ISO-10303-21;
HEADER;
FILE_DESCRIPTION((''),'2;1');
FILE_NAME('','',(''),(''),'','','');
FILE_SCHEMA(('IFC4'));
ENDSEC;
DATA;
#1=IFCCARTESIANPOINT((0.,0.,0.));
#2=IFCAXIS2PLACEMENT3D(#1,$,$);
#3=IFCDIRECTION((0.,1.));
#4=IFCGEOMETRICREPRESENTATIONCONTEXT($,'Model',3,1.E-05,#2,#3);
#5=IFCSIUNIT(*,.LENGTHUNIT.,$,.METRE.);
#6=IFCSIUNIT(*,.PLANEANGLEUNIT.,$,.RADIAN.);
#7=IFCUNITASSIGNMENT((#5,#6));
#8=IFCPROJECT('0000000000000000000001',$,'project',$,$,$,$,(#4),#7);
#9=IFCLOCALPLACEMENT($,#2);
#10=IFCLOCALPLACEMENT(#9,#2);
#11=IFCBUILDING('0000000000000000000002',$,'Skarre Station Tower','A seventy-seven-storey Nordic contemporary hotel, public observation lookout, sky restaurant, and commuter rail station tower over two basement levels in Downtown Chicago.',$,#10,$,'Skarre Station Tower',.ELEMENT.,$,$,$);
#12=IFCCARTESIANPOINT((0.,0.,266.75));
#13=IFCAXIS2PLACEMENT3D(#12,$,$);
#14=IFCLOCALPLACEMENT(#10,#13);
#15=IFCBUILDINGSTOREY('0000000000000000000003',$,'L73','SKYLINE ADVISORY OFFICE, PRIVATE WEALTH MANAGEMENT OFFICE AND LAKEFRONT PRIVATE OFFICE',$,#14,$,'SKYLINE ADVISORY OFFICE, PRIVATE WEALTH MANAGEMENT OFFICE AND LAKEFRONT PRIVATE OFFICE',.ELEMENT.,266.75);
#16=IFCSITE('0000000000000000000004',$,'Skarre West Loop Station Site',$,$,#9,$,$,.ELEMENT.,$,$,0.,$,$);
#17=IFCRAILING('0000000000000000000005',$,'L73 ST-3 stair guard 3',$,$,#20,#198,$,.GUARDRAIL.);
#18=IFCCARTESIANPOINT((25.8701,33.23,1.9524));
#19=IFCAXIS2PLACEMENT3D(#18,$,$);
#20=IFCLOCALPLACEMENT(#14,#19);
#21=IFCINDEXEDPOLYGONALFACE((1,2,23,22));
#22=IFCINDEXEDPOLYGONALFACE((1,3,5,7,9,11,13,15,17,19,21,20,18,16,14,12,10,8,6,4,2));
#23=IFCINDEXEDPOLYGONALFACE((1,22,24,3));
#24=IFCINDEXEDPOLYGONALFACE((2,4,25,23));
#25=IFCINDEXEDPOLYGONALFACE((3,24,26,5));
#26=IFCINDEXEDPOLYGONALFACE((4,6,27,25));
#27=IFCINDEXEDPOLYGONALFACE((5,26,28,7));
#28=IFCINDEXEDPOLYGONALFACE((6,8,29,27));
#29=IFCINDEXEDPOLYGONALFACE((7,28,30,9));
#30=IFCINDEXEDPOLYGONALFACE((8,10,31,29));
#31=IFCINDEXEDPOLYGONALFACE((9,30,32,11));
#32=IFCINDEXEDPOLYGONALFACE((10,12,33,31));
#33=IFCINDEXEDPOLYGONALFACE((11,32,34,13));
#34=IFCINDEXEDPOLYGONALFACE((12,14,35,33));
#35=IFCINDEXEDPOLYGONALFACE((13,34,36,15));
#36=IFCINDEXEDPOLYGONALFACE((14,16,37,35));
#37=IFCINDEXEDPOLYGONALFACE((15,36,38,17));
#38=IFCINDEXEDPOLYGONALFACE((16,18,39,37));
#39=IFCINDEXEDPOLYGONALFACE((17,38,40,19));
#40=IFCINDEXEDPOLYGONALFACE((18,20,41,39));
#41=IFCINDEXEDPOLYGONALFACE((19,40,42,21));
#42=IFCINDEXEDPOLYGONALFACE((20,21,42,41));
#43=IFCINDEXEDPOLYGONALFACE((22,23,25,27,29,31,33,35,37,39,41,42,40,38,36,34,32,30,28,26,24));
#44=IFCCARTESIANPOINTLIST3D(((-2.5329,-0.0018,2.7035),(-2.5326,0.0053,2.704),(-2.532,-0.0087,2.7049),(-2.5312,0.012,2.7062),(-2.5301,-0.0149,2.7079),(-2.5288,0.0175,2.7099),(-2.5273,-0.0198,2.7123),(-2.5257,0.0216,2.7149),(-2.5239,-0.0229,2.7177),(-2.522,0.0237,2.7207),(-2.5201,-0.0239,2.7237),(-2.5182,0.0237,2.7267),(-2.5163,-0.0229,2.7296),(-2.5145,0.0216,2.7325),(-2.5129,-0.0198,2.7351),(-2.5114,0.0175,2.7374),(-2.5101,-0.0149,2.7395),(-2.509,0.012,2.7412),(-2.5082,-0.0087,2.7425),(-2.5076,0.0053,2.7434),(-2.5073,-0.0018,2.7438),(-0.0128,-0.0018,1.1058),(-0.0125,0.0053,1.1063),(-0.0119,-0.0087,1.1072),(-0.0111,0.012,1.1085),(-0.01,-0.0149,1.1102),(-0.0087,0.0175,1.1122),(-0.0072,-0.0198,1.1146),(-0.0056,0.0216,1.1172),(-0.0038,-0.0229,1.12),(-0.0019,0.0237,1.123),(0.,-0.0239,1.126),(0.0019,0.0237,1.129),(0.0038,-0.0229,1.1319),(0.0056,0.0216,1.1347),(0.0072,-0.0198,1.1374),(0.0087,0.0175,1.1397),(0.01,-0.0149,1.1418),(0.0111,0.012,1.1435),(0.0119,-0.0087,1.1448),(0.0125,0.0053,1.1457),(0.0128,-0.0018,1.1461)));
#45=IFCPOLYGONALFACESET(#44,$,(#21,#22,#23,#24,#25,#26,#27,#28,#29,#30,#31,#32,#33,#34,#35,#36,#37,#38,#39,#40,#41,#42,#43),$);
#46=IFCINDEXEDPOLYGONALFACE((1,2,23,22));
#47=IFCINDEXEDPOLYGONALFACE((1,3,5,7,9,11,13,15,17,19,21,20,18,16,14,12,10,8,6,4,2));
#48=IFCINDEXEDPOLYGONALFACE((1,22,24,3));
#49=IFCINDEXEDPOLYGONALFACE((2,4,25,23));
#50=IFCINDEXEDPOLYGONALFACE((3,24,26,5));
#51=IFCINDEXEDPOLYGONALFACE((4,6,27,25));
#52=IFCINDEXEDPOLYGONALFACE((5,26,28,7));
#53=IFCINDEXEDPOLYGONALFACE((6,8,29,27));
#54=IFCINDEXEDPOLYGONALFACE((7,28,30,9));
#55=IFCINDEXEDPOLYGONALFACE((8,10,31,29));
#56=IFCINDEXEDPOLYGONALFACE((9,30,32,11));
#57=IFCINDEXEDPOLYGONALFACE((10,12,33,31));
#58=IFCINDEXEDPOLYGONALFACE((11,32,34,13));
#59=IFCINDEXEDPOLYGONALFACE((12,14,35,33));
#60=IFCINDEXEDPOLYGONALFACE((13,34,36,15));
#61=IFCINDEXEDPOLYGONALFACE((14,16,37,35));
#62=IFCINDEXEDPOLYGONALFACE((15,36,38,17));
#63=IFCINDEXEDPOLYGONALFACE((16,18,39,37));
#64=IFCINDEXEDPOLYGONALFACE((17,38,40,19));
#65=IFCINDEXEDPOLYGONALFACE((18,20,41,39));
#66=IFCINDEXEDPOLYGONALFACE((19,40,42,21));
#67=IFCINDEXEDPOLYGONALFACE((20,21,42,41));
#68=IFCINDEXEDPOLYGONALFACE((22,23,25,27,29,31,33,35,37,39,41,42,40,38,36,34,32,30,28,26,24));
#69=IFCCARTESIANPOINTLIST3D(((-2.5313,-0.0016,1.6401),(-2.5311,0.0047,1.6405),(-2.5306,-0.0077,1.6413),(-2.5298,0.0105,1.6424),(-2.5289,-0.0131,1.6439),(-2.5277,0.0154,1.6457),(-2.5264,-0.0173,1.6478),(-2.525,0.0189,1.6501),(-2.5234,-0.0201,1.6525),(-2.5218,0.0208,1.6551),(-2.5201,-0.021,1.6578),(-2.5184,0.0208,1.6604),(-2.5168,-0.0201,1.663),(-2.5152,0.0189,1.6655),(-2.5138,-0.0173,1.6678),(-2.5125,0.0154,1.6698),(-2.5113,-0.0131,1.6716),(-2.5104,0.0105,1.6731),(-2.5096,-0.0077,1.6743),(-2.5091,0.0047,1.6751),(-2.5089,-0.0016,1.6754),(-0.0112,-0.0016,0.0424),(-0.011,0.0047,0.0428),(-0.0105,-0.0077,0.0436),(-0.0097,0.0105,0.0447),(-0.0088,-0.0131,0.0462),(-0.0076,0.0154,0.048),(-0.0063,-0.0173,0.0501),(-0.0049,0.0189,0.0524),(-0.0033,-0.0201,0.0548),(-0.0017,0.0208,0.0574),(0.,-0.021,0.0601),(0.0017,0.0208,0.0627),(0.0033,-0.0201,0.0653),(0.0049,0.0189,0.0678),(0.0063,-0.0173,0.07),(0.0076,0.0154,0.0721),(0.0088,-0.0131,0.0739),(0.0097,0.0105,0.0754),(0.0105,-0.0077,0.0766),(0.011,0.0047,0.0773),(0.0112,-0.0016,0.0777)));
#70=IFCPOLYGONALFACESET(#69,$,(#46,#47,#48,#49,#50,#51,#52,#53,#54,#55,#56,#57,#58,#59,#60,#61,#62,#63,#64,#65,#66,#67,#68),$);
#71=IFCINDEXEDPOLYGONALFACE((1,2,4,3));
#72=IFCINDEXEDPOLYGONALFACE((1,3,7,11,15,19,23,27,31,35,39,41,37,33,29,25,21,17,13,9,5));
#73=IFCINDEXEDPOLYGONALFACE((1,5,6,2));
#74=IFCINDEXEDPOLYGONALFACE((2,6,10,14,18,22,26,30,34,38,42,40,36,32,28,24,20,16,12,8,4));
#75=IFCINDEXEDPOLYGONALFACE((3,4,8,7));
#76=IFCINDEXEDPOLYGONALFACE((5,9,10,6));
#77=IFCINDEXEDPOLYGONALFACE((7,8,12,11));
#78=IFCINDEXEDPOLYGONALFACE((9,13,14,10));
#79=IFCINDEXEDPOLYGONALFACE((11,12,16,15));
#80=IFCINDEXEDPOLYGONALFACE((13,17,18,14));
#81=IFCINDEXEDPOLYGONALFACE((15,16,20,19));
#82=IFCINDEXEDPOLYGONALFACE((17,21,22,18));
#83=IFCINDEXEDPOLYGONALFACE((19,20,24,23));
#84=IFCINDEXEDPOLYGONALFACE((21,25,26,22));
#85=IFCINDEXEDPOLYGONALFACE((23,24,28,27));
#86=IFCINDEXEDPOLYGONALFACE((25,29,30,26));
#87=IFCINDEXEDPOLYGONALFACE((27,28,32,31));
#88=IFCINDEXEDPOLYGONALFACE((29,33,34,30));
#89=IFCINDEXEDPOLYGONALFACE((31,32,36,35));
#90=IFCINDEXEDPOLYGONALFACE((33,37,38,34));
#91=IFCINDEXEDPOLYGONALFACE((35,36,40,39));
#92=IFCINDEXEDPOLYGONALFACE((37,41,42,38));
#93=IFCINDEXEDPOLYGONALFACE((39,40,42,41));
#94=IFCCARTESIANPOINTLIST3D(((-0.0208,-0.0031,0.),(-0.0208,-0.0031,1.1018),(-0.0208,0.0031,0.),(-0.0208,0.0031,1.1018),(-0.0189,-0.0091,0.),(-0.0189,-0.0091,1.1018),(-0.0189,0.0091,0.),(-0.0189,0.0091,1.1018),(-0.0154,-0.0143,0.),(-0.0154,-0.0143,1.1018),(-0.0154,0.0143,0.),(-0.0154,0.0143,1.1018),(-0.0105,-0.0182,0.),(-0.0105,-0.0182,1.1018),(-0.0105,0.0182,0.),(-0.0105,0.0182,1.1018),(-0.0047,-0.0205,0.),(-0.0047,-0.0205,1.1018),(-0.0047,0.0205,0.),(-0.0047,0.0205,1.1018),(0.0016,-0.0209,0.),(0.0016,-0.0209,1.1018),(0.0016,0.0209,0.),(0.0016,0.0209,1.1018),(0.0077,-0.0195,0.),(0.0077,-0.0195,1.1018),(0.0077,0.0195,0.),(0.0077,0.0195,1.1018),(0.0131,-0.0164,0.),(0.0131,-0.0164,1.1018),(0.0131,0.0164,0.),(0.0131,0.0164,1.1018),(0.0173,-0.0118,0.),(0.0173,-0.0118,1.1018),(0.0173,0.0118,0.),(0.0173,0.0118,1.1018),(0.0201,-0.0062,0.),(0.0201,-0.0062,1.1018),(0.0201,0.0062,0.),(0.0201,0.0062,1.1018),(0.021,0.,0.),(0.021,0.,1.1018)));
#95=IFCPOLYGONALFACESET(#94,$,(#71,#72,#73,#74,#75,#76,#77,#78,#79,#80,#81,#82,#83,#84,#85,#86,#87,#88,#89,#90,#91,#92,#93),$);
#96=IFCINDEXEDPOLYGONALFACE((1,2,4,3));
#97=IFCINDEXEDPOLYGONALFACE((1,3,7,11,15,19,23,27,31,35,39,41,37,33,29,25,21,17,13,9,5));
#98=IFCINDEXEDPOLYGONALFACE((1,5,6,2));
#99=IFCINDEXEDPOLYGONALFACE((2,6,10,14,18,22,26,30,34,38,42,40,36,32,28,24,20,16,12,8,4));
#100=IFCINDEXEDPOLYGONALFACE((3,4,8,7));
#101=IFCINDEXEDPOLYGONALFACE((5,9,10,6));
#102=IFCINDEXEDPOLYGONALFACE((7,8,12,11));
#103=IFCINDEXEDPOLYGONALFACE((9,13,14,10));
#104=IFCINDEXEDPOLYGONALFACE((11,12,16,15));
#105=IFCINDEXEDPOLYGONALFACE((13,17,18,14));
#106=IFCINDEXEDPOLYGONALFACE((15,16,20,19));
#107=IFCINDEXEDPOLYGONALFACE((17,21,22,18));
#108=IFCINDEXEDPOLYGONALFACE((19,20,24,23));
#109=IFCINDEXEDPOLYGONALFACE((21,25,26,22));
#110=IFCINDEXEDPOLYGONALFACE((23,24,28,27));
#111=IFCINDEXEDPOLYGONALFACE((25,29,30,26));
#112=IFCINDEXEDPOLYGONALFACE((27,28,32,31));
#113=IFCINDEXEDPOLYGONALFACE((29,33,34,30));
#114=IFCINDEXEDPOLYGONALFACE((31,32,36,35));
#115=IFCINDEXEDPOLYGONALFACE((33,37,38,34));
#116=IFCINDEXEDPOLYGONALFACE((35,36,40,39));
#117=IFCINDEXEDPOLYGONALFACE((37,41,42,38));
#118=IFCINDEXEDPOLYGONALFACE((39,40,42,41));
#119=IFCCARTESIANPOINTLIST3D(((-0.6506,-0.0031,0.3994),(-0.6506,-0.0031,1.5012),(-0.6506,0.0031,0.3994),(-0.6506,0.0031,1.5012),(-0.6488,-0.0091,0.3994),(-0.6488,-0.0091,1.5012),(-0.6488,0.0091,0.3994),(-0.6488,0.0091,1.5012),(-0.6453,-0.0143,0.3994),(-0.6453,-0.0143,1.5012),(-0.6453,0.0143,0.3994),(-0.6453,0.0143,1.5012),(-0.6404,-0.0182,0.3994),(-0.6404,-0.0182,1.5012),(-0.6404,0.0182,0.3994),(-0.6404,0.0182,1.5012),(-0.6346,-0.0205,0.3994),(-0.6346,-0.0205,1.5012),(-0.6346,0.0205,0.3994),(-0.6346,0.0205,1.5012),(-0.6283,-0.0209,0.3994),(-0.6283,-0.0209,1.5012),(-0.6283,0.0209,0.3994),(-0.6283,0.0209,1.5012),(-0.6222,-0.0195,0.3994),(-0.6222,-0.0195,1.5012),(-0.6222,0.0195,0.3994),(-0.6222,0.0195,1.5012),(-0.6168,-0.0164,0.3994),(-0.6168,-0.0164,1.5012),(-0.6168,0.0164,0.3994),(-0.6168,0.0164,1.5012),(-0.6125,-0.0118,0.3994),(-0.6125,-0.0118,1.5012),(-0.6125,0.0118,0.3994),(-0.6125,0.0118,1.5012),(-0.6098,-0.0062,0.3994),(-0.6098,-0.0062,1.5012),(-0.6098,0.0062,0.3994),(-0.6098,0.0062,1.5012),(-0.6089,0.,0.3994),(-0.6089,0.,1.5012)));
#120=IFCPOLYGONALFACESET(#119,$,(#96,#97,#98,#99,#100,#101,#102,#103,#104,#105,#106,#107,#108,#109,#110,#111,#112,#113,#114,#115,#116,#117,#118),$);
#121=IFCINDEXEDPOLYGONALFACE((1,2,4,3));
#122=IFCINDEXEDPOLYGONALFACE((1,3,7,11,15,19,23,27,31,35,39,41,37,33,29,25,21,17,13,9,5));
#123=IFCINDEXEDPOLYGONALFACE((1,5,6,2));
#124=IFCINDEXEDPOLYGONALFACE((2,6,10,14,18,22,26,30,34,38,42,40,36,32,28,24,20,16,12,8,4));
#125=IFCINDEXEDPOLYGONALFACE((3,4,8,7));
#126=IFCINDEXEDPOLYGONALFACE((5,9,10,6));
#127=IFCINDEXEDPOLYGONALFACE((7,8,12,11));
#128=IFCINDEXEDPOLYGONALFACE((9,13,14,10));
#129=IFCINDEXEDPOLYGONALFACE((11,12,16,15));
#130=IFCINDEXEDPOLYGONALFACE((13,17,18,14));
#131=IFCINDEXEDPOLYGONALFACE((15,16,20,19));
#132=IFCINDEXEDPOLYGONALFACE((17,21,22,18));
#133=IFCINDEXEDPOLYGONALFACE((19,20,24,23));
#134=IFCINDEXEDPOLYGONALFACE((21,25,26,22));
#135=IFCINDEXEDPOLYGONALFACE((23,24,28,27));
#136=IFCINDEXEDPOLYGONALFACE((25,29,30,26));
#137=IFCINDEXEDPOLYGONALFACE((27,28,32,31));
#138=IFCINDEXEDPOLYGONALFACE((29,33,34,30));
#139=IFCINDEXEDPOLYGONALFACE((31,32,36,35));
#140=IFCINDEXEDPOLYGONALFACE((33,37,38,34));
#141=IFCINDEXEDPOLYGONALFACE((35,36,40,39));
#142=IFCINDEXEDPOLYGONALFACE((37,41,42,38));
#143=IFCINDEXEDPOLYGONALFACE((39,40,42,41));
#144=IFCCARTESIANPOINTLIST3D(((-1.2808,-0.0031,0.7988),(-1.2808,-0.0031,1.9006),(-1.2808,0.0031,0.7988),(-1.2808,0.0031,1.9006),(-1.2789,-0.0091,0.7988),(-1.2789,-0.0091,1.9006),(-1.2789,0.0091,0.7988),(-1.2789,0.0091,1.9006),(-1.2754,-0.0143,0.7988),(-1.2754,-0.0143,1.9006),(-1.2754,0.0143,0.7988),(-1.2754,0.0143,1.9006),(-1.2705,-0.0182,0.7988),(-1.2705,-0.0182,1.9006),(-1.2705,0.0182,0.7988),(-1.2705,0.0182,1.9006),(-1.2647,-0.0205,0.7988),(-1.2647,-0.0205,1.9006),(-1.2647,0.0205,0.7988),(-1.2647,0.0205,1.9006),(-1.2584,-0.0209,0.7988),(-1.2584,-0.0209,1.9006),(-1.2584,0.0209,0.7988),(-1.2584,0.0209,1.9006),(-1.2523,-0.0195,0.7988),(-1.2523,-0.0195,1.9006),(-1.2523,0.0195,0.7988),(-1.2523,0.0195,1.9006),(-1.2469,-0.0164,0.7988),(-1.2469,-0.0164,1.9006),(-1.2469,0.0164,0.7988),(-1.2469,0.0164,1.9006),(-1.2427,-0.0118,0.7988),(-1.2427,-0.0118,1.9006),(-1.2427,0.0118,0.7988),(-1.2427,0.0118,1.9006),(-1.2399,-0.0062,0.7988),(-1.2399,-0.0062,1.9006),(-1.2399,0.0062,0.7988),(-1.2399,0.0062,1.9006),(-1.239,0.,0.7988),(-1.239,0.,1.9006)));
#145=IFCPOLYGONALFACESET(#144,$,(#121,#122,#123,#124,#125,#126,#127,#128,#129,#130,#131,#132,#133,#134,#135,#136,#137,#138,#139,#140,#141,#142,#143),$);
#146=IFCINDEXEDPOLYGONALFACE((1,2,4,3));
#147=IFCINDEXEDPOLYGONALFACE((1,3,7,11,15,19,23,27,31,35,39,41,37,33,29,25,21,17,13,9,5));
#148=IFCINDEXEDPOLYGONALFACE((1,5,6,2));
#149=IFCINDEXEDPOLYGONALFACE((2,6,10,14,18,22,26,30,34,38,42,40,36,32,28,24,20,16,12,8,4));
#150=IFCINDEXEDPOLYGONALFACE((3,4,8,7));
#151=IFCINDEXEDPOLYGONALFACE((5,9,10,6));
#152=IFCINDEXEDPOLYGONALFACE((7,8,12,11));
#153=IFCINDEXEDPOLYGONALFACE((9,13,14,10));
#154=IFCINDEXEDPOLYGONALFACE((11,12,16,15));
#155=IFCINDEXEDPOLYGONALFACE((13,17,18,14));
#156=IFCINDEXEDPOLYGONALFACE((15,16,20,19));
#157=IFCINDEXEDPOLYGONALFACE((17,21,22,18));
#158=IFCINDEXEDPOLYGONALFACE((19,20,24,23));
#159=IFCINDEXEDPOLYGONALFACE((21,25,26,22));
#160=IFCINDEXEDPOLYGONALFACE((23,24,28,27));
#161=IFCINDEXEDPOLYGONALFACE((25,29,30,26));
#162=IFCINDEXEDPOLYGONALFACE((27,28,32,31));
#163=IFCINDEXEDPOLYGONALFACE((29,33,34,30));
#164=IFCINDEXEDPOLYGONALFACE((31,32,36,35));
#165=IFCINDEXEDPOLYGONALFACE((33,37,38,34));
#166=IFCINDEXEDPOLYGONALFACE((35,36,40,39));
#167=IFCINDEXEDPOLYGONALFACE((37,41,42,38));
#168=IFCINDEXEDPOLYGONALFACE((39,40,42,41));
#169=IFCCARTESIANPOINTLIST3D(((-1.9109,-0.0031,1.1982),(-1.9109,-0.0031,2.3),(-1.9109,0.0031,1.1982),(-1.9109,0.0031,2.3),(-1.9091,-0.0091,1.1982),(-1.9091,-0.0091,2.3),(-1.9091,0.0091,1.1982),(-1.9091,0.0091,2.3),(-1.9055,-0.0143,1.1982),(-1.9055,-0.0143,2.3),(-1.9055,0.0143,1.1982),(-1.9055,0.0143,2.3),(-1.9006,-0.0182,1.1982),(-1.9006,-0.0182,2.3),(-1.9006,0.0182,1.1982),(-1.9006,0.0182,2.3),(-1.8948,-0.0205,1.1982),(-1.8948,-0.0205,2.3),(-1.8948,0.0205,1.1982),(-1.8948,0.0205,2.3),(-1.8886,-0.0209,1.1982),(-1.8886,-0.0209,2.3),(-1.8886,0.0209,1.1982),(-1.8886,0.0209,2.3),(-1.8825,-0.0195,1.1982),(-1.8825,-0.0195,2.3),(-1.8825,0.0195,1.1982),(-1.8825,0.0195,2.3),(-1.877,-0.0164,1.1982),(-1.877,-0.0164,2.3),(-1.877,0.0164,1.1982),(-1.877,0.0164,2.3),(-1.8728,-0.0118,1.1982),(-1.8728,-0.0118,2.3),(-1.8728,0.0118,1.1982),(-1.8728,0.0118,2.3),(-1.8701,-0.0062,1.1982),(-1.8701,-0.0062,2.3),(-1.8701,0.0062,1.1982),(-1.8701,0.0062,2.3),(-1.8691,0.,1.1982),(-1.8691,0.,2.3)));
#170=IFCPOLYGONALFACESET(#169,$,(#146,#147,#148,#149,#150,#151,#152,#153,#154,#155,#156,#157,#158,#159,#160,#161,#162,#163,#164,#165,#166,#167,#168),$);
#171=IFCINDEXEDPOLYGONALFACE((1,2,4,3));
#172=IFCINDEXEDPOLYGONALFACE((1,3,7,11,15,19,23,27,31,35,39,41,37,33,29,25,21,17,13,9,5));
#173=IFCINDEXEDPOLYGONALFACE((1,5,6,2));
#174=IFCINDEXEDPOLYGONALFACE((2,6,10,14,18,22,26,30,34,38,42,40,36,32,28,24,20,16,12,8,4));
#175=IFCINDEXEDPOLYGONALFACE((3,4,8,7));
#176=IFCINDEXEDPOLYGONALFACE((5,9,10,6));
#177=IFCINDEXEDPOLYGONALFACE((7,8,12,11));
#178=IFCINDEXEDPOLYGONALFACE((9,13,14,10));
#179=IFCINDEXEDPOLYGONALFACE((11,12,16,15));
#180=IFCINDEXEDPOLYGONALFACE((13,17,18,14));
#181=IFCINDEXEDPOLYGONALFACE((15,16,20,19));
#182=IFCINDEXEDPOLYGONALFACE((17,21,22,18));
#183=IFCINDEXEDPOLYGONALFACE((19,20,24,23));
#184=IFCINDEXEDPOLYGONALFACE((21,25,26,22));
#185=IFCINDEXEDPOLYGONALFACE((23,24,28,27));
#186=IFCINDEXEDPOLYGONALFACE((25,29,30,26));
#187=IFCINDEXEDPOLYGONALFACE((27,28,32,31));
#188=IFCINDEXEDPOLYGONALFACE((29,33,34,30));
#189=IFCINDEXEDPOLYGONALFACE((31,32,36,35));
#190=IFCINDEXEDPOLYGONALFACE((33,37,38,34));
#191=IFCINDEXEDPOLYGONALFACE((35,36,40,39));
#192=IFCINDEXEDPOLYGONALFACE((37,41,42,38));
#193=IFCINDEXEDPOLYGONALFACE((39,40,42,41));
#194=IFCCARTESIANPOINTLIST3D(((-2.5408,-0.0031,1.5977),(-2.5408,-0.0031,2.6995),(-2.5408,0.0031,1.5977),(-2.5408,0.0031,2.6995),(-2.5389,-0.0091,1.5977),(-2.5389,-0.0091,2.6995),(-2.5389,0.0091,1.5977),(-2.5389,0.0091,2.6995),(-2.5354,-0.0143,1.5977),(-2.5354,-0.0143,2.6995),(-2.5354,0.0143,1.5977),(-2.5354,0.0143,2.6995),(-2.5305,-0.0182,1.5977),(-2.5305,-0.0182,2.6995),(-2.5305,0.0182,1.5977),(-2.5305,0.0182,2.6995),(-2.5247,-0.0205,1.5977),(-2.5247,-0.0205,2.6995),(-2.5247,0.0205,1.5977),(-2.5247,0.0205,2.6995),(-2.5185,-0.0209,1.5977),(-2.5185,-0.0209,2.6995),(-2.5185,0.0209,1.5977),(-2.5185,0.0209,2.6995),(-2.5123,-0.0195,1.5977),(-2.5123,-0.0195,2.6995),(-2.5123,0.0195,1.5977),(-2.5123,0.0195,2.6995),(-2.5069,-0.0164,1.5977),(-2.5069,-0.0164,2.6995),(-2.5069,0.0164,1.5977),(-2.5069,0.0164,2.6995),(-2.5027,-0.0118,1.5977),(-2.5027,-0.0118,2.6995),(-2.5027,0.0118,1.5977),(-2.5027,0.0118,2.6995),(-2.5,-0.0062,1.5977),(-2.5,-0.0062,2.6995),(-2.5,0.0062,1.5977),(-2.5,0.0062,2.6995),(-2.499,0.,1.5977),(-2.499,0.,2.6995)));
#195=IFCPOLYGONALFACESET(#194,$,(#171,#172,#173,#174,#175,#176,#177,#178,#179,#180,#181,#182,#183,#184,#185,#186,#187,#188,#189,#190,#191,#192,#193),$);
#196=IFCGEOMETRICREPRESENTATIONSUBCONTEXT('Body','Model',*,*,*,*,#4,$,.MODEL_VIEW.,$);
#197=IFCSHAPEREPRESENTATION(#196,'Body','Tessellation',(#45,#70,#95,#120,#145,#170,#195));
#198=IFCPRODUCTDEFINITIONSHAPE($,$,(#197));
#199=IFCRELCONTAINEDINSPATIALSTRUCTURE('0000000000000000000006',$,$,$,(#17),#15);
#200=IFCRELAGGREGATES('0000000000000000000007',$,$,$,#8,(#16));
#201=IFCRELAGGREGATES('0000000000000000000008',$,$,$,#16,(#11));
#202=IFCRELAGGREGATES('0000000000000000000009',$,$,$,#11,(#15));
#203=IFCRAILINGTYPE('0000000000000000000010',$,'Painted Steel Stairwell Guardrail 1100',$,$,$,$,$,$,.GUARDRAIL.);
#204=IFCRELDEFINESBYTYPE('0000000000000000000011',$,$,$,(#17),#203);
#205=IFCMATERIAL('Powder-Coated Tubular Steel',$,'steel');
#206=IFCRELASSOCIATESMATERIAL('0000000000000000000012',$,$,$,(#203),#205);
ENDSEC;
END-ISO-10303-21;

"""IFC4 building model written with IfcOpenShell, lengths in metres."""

from ifc_helpers import new_model, si_unit, direction, frame, origin, origin_2d, place, context, subcontext, project, spatial, circle, extrude, material, type_object, element, save


model = new_model("IFC4")

# Units and contexts
model_context = context("Model", 3, precision=1e-05, world=origin(), true_north=direction((0.0, 1.0)))
body_context = subcontext(model_context, "Body", "Model", "MODEL_VIEW")
ifc_project = project(units=[si_unit("LENGTHUNIT", "METRE"), si_unit("PLANEANGLEUNIT", "RADIAN")], contexts=[model_context])

# Site, building, storey
site_placement = place(None, origin())
site = spatial("IfcSite", under=ifc_project, at=site_placement, Name="Skarre West Loop Station Site", CompositionType="ELEMENT", RefElevation=0.0)
building_placement = place(site_placement, origin())
building = spatial("IfcBuilding", under=site, at=building_placement, Name="Skarre Station Tower", Description="A seventy-seven-storey Nordic contemporary hotel, public observation lookout, sky restaurant, and commuter rail station tower over two basement levels in Downtown Chicago.", LongName="Skarre Station Tower", CompositionType="ELEMENT")
storey_placement = place(building_placement, frame((0.0, 0.0, 266.75)))
storey = spatial("IfcBuildingStorey", under=building, at=storey_placement, Name="L73", Description="SKYLINE ADVISORY OFFICE, PRIVATE WEALTH MANAGEMENT OFFICE AND LAKEFRONT PRIVATE OFFICE", LongName="SKYLINE ADVISORY OFFICE, PRIVATE WEALTH MANAGEMENT OFFICE AND LAKEFRONT PRIVATE OFFICE", CompositionType="ELEMENT", Elevation=266.75)

# Railing
ifc_material_1 = material(Name="Powder-Coated Tubular Steel", Category="steel")
railing_type_1 = type_object("IfcRailingType", Name="Painted Steel Stairwell Guardrail 1100", PredefinedType="GUARDRAIL", material=ifc_material_1)
railing_1_placement = place(storey_placement, frame((25.8701, 33.23, 1.9524)))
element("IfcRailing", 1, at=railing_1_placement, inside=storey, type_object=railing_type_1, Name="L73 ST-3 stair guard 3", PredefinedType="GUARDRAIL", context=body_context, shape_type="SweptSolid", body=[
    extrude(circle(Radius=0.0239, at=origin_2d()), frame((0.0, 0.0, 1.126), z_axis=(-0.84457, 0.0, 0.535445), x_axis=(0.0, -1.0, 0.0)), (0.0, 0.0, 1.0), 2.9839),
    extrude(circle(Radius=0.021, at=origin_2d()), frame((0.0, 0.0, 0.0601), z_axis=(-0.84457, 0.0, 0.535445), x_axis=(0.0, -1.0, 0.0)), (0.0, 0.0, 1.0), 2.9839),
    extrude(circle(Radius=0.021, at=origin_2d()), origin(), (0.0, 0.0, 1.0), 1.1018),
    extrude(circle(Radius=0.021, at=origin_2d()), frame((-0.6299, 0.0, 0.3994)), (0.0, 0.0, 1.0), 1.1018),
    extrude(circle(Radius=0.021, at=origin_2d()), frame((-1.26, 0.0, 0.7988)), (0.0, 0.0, 1.0), 1.1018),
    extrude(circle(Radius=0.021, at=origin_2d()), frame((-1.8901, 0.0, 1.1982)), (0.0, 0.0, 1.0), 1.1018),
    extrude(circle(Radius=0.021, at=origin_2d()), frame((-2.52, 0.0, 1.5977)), (0.0, 0.0, 1.0), 1.1018),
])

save(model, "model.ifc")
